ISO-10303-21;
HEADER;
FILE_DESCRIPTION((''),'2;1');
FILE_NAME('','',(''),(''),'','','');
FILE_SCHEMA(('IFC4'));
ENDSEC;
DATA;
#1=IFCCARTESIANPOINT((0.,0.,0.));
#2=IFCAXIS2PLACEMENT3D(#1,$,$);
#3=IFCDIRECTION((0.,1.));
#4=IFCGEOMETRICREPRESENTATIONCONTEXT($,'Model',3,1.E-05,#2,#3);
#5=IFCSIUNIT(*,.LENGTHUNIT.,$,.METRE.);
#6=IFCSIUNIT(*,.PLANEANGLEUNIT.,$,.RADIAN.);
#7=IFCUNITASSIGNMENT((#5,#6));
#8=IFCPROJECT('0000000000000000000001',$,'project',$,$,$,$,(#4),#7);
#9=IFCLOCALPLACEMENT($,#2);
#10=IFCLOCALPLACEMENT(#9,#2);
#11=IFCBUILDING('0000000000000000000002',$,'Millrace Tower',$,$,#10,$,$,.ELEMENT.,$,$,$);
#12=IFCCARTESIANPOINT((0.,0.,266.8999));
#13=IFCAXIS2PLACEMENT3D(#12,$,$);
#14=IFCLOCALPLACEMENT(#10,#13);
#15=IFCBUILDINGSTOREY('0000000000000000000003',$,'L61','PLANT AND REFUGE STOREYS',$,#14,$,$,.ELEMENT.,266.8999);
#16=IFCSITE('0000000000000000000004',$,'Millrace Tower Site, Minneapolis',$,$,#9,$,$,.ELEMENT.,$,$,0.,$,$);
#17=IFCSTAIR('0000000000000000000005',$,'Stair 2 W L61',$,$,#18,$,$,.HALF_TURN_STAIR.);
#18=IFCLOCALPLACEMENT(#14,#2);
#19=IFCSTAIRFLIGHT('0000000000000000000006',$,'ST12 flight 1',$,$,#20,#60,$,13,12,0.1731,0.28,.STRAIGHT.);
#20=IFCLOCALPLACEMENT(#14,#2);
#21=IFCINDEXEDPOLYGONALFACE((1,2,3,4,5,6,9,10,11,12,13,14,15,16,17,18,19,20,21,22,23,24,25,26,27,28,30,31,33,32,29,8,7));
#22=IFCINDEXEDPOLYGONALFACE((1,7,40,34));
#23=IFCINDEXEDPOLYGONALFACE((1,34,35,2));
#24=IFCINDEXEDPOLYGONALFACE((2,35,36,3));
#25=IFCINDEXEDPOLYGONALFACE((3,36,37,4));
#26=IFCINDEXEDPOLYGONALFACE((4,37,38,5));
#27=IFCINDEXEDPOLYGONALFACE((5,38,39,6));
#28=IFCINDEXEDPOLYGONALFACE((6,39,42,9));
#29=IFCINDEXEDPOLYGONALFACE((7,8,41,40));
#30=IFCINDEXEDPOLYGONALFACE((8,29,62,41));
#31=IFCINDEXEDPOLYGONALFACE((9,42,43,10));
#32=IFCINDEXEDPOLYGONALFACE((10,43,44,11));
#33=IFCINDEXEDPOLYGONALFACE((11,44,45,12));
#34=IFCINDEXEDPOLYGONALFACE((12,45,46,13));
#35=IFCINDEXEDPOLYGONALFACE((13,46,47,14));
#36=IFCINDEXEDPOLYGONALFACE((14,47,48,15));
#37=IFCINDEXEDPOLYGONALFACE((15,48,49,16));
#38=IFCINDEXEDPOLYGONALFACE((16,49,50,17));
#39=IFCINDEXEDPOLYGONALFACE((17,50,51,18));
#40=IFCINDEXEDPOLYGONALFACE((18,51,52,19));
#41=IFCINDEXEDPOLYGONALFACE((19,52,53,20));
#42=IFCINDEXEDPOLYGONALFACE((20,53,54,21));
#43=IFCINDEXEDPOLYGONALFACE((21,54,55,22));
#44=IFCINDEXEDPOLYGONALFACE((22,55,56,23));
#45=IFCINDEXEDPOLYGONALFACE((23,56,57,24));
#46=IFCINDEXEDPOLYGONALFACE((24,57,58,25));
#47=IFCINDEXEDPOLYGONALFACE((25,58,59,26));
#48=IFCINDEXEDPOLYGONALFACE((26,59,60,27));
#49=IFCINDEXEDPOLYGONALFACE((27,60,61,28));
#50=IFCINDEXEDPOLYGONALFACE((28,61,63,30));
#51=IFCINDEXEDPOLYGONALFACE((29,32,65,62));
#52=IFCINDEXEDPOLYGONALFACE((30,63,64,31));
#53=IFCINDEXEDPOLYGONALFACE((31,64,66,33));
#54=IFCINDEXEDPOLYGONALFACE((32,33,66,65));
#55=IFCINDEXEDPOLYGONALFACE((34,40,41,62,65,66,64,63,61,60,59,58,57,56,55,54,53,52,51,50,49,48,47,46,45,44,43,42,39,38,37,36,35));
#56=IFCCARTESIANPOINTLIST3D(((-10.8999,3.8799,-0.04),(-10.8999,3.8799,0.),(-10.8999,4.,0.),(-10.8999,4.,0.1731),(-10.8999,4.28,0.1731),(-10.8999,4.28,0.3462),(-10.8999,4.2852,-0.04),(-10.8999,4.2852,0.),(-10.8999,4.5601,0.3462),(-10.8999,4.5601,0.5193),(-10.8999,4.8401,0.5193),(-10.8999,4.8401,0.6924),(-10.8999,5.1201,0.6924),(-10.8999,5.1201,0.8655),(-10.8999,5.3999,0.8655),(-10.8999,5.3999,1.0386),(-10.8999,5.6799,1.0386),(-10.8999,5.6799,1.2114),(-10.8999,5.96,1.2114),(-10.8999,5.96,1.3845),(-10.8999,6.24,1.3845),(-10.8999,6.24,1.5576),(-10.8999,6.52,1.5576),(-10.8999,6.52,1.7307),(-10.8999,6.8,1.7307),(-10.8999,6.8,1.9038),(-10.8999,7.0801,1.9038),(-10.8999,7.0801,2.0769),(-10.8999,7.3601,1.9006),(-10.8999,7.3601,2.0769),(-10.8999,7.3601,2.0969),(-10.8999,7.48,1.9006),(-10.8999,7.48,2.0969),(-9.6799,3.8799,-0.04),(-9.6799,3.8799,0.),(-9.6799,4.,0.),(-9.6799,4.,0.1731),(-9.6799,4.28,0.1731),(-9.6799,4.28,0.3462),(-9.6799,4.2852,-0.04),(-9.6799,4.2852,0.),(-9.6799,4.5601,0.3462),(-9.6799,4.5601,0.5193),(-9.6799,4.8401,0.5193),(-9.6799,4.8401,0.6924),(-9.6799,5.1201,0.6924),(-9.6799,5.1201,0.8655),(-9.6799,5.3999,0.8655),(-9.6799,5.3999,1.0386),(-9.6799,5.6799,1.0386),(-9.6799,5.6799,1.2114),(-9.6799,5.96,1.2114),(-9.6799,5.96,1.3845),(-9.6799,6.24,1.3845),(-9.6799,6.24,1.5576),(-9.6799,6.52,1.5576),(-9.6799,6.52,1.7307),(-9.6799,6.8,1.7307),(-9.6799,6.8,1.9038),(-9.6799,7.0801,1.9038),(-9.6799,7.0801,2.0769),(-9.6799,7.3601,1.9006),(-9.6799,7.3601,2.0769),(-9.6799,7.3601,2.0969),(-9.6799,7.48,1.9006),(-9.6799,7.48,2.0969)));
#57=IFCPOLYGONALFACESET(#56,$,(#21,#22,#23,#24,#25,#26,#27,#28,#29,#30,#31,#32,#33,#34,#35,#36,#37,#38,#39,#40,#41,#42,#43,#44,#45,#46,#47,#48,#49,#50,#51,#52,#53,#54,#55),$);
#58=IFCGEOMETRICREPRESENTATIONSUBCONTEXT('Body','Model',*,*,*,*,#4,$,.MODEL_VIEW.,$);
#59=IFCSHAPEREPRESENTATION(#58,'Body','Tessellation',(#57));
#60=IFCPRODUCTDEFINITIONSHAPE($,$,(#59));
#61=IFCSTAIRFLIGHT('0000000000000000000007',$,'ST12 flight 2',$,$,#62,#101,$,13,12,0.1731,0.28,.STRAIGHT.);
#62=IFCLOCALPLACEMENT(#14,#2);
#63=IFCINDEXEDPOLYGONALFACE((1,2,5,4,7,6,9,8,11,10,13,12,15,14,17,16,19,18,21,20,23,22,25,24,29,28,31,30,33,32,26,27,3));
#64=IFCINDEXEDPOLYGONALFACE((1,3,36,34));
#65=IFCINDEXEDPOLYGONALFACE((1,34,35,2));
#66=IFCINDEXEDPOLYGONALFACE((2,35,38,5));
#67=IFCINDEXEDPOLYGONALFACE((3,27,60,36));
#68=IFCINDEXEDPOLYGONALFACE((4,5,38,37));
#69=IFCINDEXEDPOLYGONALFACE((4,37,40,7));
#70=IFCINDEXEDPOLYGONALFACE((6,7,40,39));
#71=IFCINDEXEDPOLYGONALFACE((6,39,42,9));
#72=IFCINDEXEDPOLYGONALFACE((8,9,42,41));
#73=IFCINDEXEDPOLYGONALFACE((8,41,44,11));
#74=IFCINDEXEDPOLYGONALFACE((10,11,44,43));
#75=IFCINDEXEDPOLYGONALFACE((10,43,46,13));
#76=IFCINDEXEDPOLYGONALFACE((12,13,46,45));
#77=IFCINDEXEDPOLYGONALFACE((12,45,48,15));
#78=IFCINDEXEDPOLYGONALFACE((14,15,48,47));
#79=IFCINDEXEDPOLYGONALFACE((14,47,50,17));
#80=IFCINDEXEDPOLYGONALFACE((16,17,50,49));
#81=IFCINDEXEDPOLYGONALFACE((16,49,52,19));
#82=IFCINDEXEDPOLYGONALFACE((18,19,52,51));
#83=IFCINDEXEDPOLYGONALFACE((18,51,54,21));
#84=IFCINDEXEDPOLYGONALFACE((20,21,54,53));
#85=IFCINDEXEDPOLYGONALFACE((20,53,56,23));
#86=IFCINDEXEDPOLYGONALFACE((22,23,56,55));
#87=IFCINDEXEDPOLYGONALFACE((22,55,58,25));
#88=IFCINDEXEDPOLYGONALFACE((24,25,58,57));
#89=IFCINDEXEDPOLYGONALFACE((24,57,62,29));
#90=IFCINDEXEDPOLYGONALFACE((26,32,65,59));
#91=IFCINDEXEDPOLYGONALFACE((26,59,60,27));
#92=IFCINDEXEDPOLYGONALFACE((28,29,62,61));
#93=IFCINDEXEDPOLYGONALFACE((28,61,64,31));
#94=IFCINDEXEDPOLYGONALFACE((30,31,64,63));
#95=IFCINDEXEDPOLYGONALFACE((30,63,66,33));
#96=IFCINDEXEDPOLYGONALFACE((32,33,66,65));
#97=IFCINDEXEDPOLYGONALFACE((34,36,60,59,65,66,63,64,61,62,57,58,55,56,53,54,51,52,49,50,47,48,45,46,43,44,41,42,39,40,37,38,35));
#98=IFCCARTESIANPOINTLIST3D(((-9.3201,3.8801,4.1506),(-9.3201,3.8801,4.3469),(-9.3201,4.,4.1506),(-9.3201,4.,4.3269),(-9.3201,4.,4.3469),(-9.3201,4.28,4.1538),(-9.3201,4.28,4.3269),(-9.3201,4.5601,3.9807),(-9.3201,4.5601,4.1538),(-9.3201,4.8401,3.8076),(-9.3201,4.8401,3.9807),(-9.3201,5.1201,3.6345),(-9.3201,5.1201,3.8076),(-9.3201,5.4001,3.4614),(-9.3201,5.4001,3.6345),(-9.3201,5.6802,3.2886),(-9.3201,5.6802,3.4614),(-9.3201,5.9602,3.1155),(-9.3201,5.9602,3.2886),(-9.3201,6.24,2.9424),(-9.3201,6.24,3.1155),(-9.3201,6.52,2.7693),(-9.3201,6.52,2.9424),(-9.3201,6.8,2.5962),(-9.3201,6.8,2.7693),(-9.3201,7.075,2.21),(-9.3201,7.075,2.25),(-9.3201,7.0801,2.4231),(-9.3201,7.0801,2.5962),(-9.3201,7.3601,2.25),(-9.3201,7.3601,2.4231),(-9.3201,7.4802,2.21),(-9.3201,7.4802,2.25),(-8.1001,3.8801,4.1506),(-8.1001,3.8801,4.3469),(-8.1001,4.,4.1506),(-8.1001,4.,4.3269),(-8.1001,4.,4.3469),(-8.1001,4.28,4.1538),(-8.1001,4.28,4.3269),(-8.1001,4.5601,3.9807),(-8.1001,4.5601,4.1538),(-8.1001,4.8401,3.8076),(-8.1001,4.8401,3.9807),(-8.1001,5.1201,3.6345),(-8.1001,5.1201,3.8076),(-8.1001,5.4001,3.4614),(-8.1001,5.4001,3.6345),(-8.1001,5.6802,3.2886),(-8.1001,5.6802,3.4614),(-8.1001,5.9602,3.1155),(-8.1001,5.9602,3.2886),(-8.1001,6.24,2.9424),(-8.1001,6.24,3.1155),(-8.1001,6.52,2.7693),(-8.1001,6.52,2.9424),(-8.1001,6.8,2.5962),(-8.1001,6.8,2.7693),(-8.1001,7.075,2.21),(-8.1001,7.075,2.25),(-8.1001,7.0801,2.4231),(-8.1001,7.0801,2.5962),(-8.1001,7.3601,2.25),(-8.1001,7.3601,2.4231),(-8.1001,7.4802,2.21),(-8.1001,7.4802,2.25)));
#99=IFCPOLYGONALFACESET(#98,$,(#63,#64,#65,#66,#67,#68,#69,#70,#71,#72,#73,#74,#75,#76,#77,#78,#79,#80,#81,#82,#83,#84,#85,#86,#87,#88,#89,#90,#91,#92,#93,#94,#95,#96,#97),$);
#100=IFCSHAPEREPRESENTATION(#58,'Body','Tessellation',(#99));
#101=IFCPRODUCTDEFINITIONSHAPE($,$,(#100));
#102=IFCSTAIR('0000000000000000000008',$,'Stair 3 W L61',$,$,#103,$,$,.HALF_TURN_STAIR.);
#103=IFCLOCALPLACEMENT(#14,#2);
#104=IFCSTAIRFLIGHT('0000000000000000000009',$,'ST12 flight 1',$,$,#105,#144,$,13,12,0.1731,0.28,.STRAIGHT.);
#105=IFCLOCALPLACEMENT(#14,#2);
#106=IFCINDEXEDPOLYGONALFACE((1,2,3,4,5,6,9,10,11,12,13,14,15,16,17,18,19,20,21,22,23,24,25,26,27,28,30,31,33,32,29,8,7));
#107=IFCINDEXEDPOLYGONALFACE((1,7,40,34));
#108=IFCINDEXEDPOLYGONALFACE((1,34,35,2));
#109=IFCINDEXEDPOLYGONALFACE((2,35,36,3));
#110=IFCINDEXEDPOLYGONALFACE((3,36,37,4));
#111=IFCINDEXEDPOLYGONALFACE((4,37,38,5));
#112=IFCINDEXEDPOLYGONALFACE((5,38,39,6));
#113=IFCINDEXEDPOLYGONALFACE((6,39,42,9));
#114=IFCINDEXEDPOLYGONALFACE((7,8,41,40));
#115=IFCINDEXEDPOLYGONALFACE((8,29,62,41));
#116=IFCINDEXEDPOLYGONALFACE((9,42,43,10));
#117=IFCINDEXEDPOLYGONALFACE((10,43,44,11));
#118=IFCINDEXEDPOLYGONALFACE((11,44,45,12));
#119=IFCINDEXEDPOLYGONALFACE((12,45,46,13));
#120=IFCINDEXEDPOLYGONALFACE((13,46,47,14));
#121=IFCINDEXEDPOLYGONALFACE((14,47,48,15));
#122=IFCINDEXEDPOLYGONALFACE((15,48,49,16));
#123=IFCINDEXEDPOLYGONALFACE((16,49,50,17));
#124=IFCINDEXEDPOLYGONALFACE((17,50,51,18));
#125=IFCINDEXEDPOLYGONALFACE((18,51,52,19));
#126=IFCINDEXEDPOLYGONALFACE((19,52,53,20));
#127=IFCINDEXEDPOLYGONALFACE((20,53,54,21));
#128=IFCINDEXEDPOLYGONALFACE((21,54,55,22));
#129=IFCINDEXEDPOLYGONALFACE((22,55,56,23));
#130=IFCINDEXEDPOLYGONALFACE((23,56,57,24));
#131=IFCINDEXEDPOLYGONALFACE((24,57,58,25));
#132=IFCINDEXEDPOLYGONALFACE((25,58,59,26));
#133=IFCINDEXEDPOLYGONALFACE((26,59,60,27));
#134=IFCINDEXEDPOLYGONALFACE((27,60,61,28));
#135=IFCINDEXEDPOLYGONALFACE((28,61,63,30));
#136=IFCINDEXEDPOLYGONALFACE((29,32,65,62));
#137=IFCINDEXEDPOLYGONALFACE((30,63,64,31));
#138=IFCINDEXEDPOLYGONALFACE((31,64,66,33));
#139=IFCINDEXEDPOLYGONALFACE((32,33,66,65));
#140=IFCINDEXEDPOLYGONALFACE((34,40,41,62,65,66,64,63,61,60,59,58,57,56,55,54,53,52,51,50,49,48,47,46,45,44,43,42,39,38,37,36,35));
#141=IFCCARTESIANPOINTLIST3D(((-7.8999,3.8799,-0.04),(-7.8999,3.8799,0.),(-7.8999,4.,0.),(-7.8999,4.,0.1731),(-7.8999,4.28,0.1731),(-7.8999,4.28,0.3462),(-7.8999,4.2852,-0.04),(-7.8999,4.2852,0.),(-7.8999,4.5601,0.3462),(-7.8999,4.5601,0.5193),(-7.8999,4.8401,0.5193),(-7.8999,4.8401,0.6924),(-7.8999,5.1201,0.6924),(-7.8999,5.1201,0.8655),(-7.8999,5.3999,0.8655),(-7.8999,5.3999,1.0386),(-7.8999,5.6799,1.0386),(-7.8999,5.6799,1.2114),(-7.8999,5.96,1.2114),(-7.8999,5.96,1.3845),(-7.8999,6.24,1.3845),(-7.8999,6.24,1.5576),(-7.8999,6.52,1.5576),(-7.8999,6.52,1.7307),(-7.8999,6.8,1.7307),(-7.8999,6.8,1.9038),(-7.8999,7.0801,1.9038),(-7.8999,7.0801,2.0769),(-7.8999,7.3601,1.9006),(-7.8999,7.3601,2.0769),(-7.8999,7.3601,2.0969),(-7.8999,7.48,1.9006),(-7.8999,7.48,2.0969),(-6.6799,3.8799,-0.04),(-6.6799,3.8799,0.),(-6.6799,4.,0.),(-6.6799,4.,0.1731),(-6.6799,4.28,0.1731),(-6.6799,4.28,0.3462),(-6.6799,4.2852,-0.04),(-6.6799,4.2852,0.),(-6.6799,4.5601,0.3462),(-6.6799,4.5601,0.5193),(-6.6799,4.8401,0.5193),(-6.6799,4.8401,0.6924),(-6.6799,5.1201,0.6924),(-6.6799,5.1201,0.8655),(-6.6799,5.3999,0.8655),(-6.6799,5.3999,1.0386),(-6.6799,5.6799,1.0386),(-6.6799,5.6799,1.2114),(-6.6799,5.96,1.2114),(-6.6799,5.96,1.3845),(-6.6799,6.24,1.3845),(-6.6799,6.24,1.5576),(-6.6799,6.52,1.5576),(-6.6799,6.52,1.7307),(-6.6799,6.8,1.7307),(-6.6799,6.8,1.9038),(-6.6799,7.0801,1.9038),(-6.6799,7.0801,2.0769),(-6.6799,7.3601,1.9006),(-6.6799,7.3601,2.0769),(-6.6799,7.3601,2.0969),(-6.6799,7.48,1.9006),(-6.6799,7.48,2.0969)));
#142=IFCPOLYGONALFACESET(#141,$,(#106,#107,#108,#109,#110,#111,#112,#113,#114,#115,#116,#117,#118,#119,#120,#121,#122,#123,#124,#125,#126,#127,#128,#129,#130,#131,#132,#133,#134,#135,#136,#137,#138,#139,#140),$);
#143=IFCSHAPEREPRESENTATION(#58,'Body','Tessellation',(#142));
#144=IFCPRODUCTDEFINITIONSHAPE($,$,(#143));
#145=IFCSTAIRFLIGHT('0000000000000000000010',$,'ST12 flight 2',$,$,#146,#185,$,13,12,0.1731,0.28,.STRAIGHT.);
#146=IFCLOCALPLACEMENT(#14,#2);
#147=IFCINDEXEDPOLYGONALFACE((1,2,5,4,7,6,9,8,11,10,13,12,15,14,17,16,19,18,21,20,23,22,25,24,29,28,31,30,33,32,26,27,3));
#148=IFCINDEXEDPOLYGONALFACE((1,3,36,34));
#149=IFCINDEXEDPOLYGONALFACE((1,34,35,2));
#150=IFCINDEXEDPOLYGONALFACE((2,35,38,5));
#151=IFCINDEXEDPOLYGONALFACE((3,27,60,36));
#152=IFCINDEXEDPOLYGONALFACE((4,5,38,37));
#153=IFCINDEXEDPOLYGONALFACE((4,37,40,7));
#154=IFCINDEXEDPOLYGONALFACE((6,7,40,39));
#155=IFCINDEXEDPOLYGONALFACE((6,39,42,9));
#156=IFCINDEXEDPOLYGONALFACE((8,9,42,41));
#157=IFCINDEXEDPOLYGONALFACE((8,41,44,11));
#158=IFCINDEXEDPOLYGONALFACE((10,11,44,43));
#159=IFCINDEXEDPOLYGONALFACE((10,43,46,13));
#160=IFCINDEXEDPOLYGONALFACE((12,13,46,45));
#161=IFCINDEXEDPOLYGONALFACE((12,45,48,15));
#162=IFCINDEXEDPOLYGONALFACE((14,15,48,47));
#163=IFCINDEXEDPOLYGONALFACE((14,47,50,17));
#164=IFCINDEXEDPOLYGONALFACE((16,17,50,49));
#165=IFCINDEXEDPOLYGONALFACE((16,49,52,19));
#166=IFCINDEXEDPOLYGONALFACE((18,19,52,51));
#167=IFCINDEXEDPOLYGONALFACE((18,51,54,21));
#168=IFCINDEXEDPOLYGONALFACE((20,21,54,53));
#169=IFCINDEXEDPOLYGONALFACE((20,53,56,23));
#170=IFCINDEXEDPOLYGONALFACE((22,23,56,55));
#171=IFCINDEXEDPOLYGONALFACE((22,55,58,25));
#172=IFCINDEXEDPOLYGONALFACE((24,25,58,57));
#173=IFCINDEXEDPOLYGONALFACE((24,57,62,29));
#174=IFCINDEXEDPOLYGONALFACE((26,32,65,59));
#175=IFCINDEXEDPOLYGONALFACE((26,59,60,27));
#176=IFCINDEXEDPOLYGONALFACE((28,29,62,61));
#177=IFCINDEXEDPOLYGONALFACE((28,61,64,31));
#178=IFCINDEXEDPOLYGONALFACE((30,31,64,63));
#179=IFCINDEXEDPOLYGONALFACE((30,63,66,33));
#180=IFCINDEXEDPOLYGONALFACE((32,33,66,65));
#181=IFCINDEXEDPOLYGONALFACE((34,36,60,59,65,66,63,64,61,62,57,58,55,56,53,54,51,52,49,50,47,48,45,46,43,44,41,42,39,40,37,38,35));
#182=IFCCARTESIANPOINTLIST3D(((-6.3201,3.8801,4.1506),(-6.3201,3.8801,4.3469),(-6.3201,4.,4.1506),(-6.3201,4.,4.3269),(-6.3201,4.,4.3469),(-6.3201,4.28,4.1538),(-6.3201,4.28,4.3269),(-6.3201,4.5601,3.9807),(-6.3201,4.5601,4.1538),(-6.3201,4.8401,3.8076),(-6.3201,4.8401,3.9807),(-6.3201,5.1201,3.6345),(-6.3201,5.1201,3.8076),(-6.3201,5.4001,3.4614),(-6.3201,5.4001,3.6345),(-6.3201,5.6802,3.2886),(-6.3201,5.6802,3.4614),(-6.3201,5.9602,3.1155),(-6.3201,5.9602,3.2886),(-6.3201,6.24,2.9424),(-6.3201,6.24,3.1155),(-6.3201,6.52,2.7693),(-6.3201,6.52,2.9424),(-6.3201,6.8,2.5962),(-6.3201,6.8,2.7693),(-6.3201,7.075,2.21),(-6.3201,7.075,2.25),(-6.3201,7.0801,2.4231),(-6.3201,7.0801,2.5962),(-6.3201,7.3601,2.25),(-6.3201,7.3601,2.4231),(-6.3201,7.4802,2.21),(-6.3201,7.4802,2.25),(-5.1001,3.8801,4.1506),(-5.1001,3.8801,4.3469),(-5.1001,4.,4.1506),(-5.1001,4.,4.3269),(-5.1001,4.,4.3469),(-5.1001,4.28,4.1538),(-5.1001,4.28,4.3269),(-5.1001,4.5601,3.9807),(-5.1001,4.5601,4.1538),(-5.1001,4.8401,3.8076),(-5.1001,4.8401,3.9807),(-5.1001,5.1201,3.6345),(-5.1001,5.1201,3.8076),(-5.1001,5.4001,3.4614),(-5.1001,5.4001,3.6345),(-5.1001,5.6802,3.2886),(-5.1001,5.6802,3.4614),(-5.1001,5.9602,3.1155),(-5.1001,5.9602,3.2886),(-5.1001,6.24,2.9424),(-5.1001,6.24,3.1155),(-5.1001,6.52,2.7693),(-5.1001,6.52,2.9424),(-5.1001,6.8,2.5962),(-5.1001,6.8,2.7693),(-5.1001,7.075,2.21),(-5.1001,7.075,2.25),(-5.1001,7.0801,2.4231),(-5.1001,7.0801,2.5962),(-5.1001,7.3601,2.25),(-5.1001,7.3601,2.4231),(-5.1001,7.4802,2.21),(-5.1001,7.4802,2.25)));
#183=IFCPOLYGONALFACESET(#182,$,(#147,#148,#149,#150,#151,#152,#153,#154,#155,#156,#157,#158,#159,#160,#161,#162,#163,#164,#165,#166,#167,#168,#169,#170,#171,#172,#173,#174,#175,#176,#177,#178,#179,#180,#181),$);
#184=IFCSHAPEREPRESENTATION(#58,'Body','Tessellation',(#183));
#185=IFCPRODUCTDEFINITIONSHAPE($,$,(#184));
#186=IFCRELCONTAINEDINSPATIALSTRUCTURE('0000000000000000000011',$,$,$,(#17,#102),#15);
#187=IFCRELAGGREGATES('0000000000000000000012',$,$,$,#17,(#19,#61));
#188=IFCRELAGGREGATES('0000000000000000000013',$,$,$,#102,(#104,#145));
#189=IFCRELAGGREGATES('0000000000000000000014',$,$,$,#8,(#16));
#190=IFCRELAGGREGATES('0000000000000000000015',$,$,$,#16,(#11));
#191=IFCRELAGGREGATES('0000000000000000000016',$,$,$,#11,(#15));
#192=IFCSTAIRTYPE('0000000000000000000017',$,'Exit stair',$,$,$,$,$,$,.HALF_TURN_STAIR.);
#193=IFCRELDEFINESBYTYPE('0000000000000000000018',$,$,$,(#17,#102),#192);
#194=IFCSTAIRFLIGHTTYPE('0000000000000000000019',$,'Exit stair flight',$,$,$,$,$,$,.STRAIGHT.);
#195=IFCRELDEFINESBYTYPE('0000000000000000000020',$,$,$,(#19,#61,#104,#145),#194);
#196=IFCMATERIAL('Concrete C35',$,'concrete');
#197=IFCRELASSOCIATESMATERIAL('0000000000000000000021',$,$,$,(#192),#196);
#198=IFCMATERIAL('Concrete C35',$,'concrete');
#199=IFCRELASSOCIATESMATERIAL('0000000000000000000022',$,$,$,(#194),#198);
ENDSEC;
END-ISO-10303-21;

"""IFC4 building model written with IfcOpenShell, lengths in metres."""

from ifc_helpers import new_model, si_unit, direction, frame, origin, place, context, subcontext, project, spatial, polyline, outline, extrude, material, type_object, element, aggregate, save


model = new_model("IFC4")

# Units and contexts
model_context = context("Model", 3, precision=1e-05, world=origin(), true_north=direction((0.0, 1.0)))
body_context = subcontext(model_context, "Body", "Model", "MODEL_VIEW")
ifc_project = project(units=[si_unit("LENGTHUNIT", "METRE"), si_unit("PLANEANGLEUNIT", "RADIAN")], contexts=[model_context])

# Site, building, storey
site_placement = place(None, origin())
site = spatial("IfcSite", under=ifc_project, at=site_placement, Name="Millrace Tower Site, Minneapolis", CompositionType="ELEMENT", RefElevation=0.0)
building_placement = place(site_placement, origin())
building = spatial("IfcBuilding", under=site, at=building_placement, Name="Millrace Tower", CompositionType="ELEMENT")
storey_placement = place(building_placement, frame((0.0, 0.0, 266.8999)))
storey = spatial("IfcBuildingStorey", under=building, at=storey_placement, Name="L61", Description="PLANT AND REFUGE STOREYS", CompositionType="ELEMENT", Elevation=266.8999)

# Shared definitions
ifc_material_1 = material(Name="Concrete C35", Category="concrete")
stair_type = type_object("IfcStairType", Name="Exit stair", PredefinedType="HALF_TURN_STAIR", material=ifc_material_1)
placement = place(storey_placement, origin())
ifc_material_2 = material(Name="Concrete C35", Category="concrete")
stair_flight_type = type_object("IfcStairFlightType", Name="Exit stair flight", PredefinedType="STRAIGHT", material=ifc_material_2)

# Stairs, stair flights
stair_1 = element("IfcStair", 1, at=placement, inside=storey, type_object=stair_type, Name="Stair 2 W L61", PredefinedType="HALF_TURN_STAIR")
stair_flight_1_placement = place(storey_placement, frame((-10.29, 4.0, 0.0), z_axis=(0.0, 0.0, 1.0), x_axis=(0.0, 1.0, 0.0)))
stair_flight_1 = element("IfcStairFlight", 2, at=stair_flight_1_placement, type_object=stair_flight_type, Name="ST12 flight 1", NumberOfRisers=13, NumberOfTreads=12, PredefinedType="STRAIGHT", RiserHeight=0.1731, TreadLength=0.28, context=body_context, shape_type="SweptSolid", body=[
    extrude(outline(polyline([(-0.1201, -0.04), (-0.1201, 0.0), (0.0, 0.0), (0.0, 0.1731), (0.28, 0.1731), (0.28, 0.3462), (0.5601, 0.3462), (0.5601, 0.5193), (0.8401, 0.5193), (0.8401, 0.6924), (1.1201, 0.6924), (1.1201, 0.8655), (1.3999, 0.8655), (1.3999, 1.0386), (1.6799, 1.0386), (1.6799, 1.2114), (1.96, 1.2114), (1.96, 1.3845), (2.24, 1.3845), (2.24, 1.5576), (2.52, 1.5576), (2.52, 1.7307), (2.8, 1.7307), (2.8, 1.9038), (3.0801, 1.9038), (3.0801, 2.0769), (3.3601, 2.0769), (3.3601, 2.0969), (3.48, 2.0969), (3.48, 1.9006), (3.3601, 1.9006), (0.2852, 0.0), (0.2852, -0.04), (-0.1201, -0.04)])), frame((0.0, 0.6099, 0.0), z_axis=(0.0, -1.0, 0.0), x_axis=(1.0, 0.0, 0.0)), (0.0, 0.0, 1.0), 1.22),
])
stair_flight_2_placement = place(storey_placement, frame((-8.71, 7.3601, 2.25), z_axis=(0.0, 0.0, 1.0), x_axis=(0.0, -1.0, 0.0)))
stair_flight_2 = element("IfcStairFlight", 3, at=stair_flight_2_placement, type_object=stair_flight_type, Name="ST12 flight 2", NumberOfRisers=13, NumberOfTreads=12, PredefinedType="STRAIGHT", RiserHeight=0.1731, TreadLength=0.28, context=body_context, shape_type="SweptSolid", body=[
    extrude(outline(polyline([(-0.1201, -0.04), (-0.1201, 0.0), (0.0, 0.0), (0.0, 0.1731), (0.28, 0.1731), (0.28, 0.3462), (0.5601, 0.3462), (0.5601, 0.5193), (0.8401, 0.5193), (0.8401, 0.6924), (1.1201, 0.6924), (1.1201, 0.8655), (1.3999, 0.8655), (1.3999, 1.0386), (1.6799, 1.0386), (1.6799, 1.2114), (1.96, 1.2114), (1.96, 1.3845), (2.24, 1.3845), (2.24, 1.5576), (2.52, 1.5576), (2.52, 1.7307), (2.8, 1.7307), (2.8, 1.9038), (3.0801, 1.9038), (3.0801, 2.0769), (3.3601, 2.0769), (3.3601, 2.0969), (3.48, 2.0969), (3.48, 1.9006), (3.3601, 1.9006), (0.2852, 0.0), (0.2852, -0.04), (-0.1201, -0.04)])), frame((0.0, 0.6099, 0.0), z_axis=(0.0, -1.0, 0.0), x_axis=(1.0, 0.0, 0.0)), (0.0, 0.0, 1.0), 1.22),
])
aggregate(stair_1, [stair_flight_1, stair_flight_2])
stair_2 = element("IfcStair", 4, at=placement, inside=storey, type_object=stair_type, Name="Stair 3 W L61", PredefinedType="HALF_TURN_STAIR")
stair_flight_3_placement = place(storey_placement, frame((-7.29, 4.0, 0.0), z_axis=(0.0, 0.0, 1.0), x_axis=(0.0, 1.0, 0.0)))
stair_flight_3 = element("IfcStairFlight", 5, at=stair_flight_3_placement, type_object=stair_flight_type, Name="ST12 flight 1", NumberOfRisers=13, NumberOfTreads=12, PredefinedType="STRAIGHT", RiserHeight=0.1731, TreadLength=0.28, context=body_context, shape_type="SweptSolid", body=[
    extrude(outline(polyline([(-0.1201, -0.04), (-0.1201, 0.0), (0.0, 0.0), (0.0, 0.1731), (0.28, 0.1731), (0.28, 0.3462), (0.5601, 0.3462), (0.5601, 0.5193), (0.8401, 0.5193), (0.8401, 0.6924), (1.1201, 0.6924), (1.1201, 0.8655), (1.3999, 0.8655), (1.3999, 1.0386), (1.6799, 1.0386), (1.6799, 1.2114), (1.96, 1.2114), (1.96, 1.3845), (2.24, 1.3845), (2.24, 1.5576), (2.52, 1.5576), (2.52, 1.7307), (2.8, 1.7307), (2.8, 1.9038), (3.0801, 1.9038), (3.0801, 2.0769), (3.3601, 2.0769), (3.3601, 2.0969), (3.48, 2.0969), (3.48, 1.9006), (3.3601, 1.9006), (0.2852, 0.0), (0.2852, -0.04), (-0.1201, -0.04)])), frame((0.0, 0.6099, 0.0), z_axis=(0.0, -1.0, 0.0), x_axis=(1.0, 0.0, 0.0)), (0.0, 0.0, 1.0), 1.22),
])
stair_flight_4_placement = place(storey_placement, frame((-5.71, 7.3601, 2.25), z_axis=(0.0, 0.0, 1.0), x_axis=(0.0, -1.0, 0.0)))
stair_flight_4 = element("IfcStairFlight", 6, at=stair_flight_4_placement, type_object=stair_flight_type, Name="ST12 flight 2", NumberOfRisers=13, NumberOfTreads=12, PredefinedType="STRAIGHT", RiserHeight=0.1731, TreadLength=0.28, context=body_context, shape_type="SweptSolid", body=[
    extrude(outline(polyline([(-0.1201, -0.04), (-0.1201, 0.0), (0.0, 0.0), (0.0, 0.1731), (0.28, 0.1731), (0.28, 0.3462), (0.5601, 0.3462), (0.5601, 0.5193), (0.8401, 0.5193), (0.8401, 0.6924), (1.1201, 0.6924), (1.1201, 0.8655), (1.3999, 0.8655), (1.3999, 1.0386), (1.6799, 1.0386), (1.6799, 1.2114), (1.96, 1.2114), (1.96, 1.3845), (2.24, 1.3845), (2.24, 1.5576), (2.52, 1.5576), (2.52, 1.7307), (2.8, 1.7307), (2.8, 1.9038), (3.0801, 1.9038), (3.0801, 2.0769), (3.3601, 2.0769), (3.3601, 2.0969), (3.48, 2.0969), (3.48, 1.9006), (3.3601, 1.9006), (0.2852, 0.0), (0.2852, -0.04), (-0.1201, -0.04)])), frame((0.0, 0.6099, 0.0), z_axis=(0.0, -1.0, 0.0), x_axis=(1.0, 0.0, 0.0)), (0.0, 0.0, 1.0), 1.22),
])
aggregate(stair_2, [stair_flight_3, stair_flight_4])

save(model, "model.ifc")
